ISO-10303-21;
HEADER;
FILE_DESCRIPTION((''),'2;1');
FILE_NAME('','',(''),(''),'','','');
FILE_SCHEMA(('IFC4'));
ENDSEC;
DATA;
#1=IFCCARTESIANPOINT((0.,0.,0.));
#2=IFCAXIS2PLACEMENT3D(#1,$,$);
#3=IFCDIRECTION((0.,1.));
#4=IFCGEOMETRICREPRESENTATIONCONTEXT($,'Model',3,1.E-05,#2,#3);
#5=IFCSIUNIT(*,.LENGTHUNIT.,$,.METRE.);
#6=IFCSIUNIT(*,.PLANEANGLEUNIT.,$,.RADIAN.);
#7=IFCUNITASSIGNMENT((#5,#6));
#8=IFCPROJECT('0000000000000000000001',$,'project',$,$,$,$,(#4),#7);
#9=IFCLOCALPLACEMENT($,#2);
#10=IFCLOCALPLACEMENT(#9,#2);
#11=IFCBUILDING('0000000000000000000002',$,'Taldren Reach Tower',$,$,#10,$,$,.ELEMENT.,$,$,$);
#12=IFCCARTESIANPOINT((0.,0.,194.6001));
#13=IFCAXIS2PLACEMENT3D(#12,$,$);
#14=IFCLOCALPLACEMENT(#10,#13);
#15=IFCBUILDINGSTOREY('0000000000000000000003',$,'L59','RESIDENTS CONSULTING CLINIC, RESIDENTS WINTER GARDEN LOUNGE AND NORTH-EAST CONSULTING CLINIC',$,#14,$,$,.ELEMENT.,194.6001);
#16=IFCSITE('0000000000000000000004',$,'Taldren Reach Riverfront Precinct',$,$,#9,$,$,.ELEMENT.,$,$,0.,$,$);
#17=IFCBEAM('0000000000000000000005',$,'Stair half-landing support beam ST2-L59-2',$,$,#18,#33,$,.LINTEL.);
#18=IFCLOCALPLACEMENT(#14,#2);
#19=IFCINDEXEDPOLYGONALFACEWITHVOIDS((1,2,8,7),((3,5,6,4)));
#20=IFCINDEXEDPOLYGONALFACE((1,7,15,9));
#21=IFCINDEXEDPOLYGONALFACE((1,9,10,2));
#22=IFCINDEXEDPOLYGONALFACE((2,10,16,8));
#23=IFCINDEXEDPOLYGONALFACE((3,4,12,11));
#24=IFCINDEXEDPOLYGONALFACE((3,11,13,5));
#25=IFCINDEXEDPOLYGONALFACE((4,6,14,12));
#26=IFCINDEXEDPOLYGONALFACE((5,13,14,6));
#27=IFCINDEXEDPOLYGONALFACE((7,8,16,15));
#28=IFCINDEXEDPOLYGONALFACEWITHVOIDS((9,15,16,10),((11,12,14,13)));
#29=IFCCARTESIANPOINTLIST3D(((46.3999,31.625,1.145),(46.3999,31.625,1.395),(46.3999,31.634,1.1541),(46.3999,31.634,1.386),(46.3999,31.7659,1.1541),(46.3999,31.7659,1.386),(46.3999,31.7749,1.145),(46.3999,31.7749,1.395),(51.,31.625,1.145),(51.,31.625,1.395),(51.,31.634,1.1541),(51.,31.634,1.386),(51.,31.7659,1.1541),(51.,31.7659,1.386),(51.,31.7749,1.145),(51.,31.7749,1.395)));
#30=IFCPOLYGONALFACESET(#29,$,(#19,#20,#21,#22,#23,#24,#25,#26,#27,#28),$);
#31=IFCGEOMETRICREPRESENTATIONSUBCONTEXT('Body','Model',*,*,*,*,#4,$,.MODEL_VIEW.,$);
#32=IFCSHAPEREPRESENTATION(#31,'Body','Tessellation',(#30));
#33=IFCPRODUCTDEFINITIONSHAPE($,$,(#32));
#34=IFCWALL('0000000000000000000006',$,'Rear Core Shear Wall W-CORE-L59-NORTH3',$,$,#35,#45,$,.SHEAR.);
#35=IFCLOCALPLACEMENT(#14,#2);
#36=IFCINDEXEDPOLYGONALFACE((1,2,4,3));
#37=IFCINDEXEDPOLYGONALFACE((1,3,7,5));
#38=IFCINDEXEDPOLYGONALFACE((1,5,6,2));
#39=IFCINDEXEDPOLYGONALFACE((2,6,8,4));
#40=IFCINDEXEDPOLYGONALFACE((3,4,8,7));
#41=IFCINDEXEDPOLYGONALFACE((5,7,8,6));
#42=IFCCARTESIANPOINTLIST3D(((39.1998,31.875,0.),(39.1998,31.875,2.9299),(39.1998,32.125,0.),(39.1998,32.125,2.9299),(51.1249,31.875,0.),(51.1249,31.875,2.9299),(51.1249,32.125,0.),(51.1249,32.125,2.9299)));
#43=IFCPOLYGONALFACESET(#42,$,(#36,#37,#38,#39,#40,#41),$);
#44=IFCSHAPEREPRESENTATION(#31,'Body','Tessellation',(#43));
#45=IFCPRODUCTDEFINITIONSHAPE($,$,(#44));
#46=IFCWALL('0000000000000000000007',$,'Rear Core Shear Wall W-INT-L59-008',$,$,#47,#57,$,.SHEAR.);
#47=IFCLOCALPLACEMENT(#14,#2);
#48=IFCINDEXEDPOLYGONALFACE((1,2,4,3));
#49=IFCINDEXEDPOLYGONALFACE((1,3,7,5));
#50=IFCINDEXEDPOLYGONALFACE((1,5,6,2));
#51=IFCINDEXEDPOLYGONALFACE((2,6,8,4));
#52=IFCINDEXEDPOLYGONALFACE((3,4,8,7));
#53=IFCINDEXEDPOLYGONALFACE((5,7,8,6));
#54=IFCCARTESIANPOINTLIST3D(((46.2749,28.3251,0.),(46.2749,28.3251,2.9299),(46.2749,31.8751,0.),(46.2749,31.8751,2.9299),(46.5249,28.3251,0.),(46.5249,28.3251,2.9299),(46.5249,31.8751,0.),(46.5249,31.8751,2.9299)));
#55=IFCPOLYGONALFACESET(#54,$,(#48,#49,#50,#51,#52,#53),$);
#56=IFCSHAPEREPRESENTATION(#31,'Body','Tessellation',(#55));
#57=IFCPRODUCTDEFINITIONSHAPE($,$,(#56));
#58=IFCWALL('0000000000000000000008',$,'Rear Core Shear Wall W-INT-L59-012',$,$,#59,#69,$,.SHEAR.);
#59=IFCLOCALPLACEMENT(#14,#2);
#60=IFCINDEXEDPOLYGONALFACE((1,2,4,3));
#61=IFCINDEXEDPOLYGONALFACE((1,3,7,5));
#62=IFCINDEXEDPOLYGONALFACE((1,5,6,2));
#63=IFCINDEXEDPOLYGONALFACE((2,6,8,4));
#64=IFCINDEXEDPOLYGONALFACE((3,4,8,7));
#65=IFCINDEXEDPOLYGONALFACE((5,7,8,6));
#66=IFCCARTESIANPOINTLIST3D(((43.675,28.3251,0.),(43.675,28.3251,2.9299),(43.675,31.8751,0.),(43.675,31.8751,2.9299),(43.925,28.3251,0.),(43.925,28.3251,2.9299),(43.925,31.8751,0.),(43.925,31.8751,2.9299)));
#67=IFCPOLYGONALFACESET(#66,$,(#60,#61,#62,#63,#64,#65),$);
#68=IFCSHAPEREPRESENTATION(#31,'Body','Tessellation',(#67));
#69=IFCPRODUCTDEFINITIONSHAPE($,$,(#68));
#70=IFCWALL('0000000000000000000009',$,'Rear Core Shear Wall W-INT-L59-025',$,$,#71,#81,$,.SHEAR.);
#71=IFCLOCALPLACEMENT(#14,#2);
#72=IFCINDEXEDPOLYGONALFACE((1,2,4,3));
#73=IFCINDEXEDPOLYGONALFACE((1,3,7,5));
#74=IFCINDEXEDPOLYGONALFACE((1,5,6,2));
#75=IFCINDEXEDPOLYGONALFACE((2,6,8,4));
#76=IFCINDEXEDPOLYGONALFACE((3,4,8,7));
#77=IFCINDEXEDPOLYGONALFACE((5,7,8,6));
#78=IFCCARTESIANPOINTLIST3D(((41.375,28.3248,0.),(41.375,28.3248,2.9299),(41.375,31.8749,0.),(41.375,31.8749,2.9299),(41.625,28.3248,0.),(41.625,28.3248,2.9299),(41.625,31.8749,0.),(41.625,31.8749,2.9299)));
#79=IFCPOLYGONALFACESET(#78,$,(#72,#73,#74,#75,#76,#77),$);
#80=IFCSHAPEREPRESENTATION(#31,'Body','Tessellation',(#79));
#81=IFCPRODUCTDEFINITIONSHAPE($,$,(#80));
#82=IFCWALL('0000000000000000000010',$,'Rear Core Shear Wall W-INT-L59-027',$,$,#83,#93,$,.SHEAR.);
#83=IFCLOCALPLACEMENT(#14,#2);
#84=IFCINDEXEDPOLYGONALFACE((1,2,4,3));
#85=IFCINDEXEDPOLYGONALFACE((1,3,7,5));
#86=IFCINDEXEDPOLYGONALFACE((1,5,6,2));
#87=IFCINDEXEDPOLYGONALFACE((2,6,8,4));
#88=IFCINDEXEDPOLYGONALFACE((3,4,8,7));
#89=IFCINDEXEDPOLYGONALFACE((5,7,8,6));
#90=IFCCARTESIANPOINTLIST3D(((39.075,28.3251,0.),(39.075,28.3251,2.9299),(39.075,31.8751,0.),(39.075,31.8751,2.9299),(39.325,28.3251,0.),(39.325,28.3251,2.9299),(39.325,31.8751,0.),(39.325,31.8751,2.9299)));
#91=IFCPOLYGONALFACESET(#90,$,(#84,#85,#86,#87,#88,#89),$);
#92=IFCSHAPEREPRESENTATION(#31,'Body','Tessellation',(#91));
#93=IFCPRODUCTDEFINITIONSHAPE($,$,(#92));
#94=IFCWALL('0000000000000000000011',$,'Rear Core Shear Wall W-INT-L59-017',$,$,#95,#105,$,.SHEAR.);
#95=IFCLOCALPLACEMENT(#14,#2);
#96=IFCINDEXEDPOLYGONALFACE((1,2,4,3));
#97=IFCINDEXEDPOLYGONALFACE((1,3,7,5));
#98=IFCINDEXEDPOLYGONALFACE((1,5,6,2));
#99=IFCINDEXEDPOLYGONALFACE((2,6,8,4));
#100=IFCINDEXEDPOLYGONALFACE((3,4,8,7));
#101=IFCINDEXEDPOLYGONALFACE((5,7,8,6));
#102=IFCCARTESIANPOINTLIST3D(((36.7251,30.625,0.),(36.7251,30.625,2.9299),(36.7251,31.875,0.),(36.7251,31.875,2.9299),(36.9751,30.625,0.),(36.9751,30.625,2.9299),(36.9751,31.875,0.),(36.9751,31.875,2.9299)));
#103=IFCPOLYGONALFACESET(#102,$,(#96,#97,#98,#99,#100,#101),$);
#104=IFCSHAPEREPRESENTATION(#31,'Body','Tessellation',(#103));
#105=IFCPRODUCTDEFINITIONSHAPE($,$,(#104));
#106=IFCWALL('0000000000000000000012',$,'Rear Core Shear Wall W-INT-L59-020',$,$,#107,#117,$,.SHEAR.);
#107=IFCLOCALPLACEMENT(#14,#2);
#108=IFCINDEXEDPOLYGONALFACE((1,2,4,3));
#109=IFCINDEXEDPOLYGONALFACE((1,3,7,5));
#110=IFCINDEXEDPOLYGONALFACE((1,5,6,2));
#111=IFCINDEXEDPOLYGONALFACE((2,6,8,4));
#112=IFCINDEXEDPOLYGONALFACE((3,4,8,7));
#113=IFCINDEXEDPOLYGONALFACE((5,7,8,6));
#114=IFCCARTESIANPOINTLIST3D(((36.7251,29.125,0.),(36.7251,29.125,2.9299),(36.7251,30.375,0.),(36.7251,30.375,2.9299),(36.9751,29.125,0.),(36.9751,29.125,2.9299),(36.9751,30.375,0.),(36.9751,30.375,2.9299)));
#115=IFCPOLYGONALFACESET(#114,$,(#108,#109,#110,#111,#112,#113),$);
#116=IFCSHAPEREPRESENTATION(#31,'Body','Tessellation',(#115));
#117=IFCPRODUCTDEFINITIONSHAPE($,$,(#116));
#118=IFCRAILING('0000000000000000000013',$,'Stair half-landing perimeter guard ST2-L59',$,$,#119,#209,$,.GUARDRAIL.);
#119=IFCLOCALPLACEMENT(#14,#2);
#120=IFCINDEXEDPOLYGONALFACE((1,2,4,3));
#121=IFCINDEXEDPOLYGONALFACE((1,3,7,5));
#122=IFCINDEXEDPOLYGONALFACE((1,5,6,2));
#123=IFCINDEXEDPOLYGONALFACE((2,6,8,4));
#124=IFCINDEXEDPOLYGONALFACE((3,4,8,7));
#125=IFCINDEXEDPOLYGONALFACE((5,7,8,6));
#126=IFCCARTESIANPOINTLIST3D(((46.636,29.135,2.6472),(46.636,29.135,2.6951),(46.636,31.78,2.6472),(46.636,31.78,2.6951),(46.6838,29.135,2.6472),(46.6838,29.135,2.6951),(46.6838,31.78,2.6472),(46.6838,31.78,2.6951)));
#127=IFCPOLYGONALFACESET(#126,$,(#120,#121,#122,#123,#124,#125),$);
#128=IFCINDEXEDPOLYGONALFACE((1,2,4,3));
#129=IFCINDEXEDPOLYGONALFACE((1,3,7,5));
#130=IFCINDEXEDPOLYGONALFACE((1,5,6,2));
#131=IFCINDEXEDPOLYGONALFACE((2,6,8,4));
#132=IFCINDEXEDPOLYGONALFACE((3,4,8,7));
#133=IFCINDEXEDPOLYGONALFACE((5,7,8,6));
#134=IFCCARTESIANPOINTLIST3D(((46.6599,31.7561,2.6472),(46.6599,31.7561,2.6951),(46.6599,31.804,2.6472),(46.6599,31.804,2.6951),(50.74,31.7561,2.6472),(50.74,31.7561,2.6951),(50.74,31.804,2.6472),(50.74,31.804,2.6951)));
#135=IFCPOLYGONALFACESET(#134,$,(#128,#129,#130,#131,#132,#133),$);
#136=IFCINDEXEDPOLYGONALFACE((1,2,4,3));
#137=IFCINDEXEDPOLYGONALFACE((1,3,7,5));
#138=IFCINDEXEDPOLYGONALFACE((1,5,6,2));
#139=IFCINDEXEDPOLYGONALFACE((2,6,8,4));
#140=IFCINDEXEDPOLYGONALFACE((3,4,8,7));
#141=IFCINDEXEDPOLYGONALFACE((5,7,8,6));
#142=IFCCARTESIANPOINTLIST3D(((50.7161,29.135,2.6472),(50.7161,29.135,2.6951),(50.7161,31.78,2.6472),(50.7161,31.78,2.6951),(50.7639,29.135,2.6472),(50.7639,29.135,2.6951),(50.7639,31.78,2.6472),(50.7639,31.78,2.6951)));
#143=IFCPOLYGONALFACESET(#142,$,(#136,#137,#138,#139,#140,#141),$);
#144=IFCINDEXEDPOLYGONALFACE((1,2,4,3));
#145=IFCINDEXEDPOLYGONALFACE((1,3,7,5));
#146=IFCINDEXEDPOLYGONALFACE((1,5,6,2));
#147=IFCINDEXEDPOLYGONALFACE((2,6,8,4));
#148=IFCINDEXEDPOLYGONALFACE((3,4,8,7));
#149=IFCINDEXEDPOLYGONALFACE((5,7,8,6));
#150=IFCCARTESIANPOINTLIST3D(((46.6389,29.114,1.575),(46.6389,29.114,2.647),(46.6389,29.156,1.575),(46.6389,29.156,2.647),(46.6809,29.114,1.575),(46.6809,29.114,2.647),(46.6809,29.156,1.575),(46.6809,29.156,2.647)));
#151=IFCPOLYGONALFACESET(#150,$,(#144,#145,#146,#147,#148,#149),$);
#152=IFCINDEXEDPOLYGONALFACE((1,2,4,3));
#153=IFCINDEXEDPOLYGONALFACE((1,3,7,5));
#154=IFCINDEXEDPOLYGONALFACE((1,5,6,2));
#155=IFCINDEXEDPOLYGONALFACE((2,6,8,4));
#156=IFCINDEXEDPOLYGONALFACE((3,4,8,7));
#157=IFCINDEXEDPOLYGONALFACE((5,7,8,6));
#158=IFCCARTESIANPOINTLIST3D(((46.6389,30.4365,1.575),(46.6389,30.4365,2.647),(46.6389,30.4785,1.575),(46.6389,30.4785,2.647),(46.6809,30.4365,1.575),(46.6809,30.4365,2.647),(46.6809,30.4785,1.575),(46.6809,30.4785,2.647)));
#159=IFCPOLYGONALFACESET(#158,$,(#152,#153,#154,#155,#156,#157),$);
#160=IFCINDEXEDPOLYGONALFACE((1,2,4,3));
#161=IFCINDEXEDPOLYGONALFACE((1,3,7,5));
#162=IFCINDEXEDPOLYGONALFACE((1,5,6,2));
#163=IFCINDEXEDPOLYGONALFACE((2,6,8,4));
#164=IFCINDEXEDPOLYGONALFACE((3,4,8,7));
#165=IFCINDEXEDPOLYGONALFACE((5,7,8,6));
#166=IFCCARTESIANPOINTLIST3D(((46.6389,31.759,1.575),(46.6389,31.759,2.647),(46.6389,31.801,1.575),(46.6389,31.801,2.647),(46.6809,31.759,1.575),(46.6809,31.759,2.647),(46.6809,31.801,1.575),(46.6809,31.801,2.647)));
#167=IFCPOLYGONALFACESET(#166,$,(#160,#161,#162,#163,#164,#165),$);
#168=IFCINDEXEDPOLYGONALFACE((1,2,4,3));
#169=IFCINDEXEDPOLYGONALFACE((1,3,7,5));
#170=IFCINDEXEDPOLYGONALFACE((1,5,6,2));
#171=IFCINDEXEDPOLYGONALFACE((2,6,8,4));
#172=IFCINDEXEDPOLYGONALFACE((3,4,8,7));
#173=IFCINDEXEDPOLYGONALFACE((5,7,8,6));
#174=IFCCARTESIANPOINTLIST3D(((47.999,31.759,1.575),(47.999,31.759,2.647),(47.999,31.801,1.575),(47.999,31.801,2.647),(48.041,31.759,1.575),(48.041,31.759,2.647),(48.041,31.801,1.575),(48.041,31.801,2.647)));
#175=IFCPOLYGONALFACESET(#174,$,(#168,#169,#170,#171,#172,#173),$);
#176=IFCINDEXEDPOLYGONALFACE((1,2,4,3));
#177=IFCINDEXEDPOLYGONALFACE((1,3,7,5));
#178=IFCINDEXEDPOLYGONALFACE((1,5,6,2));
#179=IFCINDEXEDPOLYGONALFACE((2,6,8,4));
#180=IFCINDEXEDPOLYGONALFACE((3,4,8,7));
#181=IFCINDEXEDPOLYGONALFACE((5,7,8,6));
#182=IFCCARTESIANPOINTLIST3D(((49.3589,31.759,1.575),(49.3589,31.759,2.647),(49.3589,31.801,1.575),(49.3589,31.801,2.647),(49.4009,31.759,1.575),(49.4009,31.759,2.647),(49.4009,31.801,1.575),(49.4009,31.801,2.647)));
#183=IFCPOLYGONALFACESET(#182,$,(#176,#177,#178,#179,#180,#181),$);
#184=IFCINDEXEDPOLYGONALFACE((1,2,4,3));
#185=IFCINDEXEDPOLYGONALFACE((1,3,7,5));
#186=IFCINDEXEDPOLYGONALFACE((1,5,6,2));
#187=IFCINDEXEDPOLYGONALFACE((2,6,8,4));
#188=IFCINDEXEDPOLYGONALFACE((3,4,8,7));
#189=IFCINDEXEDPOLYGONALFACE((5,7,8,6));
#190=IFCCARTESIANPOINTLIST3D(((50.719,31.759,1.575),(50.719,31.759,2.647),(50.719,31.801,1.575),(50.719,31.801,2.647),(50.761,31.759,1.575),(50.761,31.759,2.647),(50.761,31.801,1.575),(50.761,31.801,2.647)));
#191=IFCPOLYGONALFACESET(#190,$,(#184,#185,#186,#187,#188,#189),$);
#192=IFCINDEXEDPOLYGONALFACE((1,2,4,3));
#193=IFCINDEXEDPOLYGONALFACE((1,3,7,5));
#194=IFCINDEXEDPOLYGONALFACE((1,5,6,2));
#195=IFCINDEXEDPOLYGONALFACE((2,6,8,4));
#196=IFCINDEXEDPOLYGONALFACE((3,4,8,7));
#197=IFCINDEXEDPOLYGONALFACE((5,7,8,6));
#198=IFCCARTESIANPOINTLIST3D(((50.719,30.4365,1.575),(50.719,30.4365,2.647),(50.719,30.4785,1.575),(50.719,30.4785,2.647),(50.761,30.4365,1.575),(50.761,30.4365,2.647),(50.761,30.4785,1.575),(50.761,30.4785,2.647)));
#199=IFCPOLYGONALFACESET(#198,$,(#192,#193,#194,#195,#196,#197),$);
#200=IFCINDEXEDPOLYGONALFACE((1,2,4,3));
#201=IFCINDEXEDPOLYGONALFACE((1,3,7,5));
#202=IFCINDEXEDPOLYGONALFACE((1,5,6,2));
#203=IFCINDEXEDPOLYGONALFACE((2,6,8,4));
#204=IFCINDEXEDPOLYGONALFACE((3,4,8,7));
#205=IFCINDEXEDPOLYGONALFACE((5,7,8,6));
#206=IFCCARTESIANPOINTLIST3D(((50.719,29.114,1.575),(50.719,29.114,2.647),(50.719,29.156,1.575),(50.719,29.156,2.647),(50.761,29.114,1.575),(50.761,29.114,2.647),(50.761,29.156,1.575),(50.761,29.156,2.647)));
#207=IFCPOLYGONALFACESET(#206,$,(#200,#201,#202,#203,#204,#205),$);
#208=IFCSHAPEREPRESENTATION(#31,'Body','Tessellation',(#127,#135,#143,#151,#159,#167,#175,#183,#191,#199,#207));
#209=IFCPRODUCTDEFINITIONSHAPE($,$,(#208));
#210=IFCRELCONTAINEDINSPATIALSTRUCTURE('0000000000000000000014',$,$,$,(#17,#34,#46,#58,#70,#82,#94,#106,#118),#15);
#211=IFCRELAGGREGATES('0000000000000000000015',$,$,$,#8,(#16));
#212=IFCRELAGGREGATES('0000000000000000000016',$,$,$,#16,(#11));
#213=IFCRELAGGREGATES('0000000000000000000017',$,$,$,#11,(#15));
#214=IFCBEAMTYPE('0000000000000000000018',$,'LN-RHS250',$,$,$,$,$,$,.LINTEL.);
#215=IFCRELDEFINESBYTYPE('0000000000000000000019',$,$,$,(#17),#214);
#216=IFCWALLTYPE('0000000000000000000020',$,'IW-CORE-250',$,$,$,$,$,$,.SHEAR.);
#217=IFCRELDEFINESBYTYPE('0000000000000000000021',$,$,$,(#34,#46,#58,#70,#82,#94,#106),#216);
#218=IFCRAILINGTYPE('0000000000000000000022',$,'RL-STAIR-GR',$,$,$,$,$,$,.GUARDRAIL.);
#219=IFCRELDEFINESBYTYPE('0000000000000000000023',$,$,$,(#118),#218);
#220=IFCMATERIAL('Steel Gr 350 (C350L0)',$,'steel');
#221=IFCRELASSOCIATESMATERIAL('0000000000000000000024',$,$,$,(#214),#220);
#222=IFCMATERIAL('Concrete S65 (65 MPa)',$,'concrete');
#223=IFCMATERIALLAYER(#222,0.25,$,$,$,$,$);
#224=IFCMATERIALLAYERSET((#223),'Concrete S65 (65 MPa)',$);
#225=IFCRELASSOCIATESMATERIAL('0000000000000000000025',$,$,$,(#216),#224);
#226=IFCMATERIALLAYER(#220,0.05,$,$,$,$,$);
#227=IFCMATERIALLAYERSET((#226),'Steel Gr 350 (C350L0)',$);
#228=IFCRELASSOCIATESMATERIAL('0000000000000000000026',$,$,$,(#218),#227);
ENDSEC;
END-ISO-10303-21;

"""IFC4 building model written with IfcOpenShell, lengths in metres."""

from ifc_helpers import new_model, si_unit, direction, frame, frame_2d, origin, origin_2d, place, context, subcontext, project, spatial, rectangle, hollow_rectangle, extrude, source, transform, mapped, material, layer, layer_set, material_profile, profile_set, type_object, element, save


model = new_model("IFC4")

# Units and contexts
model_context = context("Model", 3, precision=1e-05, world=origin(), true_north=direction((0.0, 1.0)))
body_context = subcontext(model_context, "Body", "Model", "MODEL_VIEW")
ifc_project = project(units=[si_unit("LENGTHUNIT", "METRE"), si_unit("PLANEANGLEUNIT", "RADIAN")], contexts=[model_context])

# Site, building, storey
site_placement = place(None, origin())
site = spatial("IfcSite", under=ifc_project, at=site_placement, Name="Taldren Reach Riverfront Precinct", CompositionType="ELEMENT", RefElevation=0.0)
building_placement = place(site_placement, origin())
building = spatial("IfcBuilding", under=site, at=building_placement, Name="Taldren Reach Tower", CompositionType="ELEMENT")
storey_placement = place(building_placement, frame((0.0, 0.0, 194.6001)))
storey = spatial("IfcBuildingStorey", under=building, at=storey_placement, Name="L59", Description="RESIDENTS CONSULTING CLINIC, RESIDENTS WINTER GARDEN LOUNGE AND NORTH-EAST CONSULTING CLINIC", CompositionType="ELEMENT", Elevation=194.6001)

# Shared definitions
ifc_material_1 = material(Name="Steel Gr 350 (C350L0)", Category="steel")

# Beam
ifc_material_profile_1 = material_profile(ifc_material_1, hollow_rectangle(XDim=0.1499, YDim=0.25, WallThickness=0.009, at=origin_2d()), Name="250x150x9.0RHS")
ifc_profile_set_1 = profile_set([ifc_material_profile_1], Name="Steel Gr 350 (C350L0)")
beam_type_1 = type_object("IfcBeamType", Name="LN-RHS250", PredefinedType="LINTEL", material=ifc_profile_set_1)
shared_shape_1 = source(origin(), body_context, "Body", "SweptSolid", [
    extrude(hollow_rectangle(XDim=0.1499, YDim=0.25, WallThickness=0.009, at=origin_2d()), origin(), (0.0, 0.0, 1.0), 4.6001),
])
for number, where, z_axis, x_axis, name in (
    (1, (46.3999, 31.7, 1.27), (1.0, 0.0, 0.0), (0.0, 1.0, 0.0), "Stair half-landing support beam ST2-L59-2"),
):
    element("IfcBeam", number, at=place(storey_placement, frame(where, z_axis=z_axis, x_axis=x_axis)), inside=storey, type_object=beam_type_1, Name=name, PredefinedType="LINTEL", context=body_context, shape_type="MappedRepresentation", body=[
        mapped(shared_shape_1, transform((0.0, 0.0, 0.0), scale=1.0)),
    ])

# Walls
ifc_material_2 = material(Name="Concrete S65 (65 MPa)", Category="concrete")
ifc_layer_1 = layer(ifc_material_2, 0.25)
ifc_layer_set_1 = layer_set([ifc_layer_1], Name="Concrete S65 (65 MPa)")
wall_type = type_object("IfcWallType", Name="IW-CORE-250", PredefinedType="SHEAR", material=ifc_layer_set_1)
shared_shape_2 = source(origin(), body_context, "Body", "SweptSolid", [
    extrude(rectangle(XDim=11.925, YDim=0.25, at=frame_2d((5.9624, 0.0))), origin(), (0.0, 0.0, 1.0), 2.9299),
])
wall_1_placement = place(storey_placement, frame((39.2, 32.0, 0.0), z_axis=(0.0, 0.0, 1.0), x_axis=(1.0, 0.0, 0.0)))
element("IfcWall", 2, at=wall_1_placement, inside=storey, type_object=wall_type, Name="Rear Core Shear Wall W-CORE-L59-NORTH3", PredefinedType="SHEAR", context=body_context, shape_type="MappedRepresentation", body=[
    mapped(shared_shape_2, transform((0.0, 0.0, 0.0), scale=1.0)),
])
shared_shape_3 = source(origin(), body_context, "Body", "SweptSolid", [
    extrude(rectangle(XDim=3.55, YDim=0.25, at=frame_2d((1.7749, 0.0))), origin(), (0.0, 0.0, 1.0), 2.9299),
])
for number, where, z_axis, x_axis, name in (
    (3, (46.3999, 31.875, 0.0), (0.0, 0.0, 1.0), (0.0, -1.0, 0.0), "Rear Core Shear Wall W-INT-L59-008"),
    (4, (43.8, 31.875, 0.0), (0.0, 0.0, 1.0), (0.0, -1.0, 0.0), "Rear Core Shear Wall W-INT-L59-012"),
    (5, (41.5, 28.325, 0.0), (0.0, 0.0, 1.0), (0.0, 1.0, 0.0), "Rear Core Shear Wall W-INT-L59-025"),
    (6, (39.2, 31.875, 0.0), (0.0, 0.0, 1.0), (0.0, -1.0, 0.0), "Rear Core Shear Wall W-INT-L59-027"),
):
    element("IfcWall", number, at=place(storey_placement, frame(where, z_axis=z_axis, x_axis=x_axis)), inside=storey, type_object=wall_type, Name=name, PredefinedType="SHEAR", context=body_context, shape_type="MappedRepresentation", body=[
        mapped(shared_shape_3, transform((0.0, 0.0, 0.0), scale=1.0)),
    ])

# Walls
shared_shape_4 = source(origin(), body_context, "Body", "SweptSolid", [
    extrude(rectangle(XDim=1.25, YDim=0.25, at=frame_2d((0.625, 0.0))), origin(), (0.0, 0.0, 1.0), 2.9299),
])
for number, where, z_axis, x_axis, name in (
    (7, (36.8501, 30.625, 0.0), (0.0, 0.0, 1.0), (0.0, 1.0, 0.0), "Rear Core Shear Wall W-INT-L59-017"),
    (8, (36.8501, 29.125, 0.0), (0.0, 0.0, 1.0), (0.0, 1.0, 0.0), "Rear Core Shear Wall W-INT-L59-020"),
):
    element("IfcWall", number, at=place(storey_placement, frame(where, z_axis=z_axis, x_axis=x_axis)), inside=storey, type_object=wall_type, Name=name, PredefinedType="SHEAR", context=body_context, shape_type="MappedRepresentation", body=[
        mapped(shared_shape_4, transform((0.0, 0.0, 0.0), scale=1.0)),
    ])

# Railing
ifc_layer_2 = layer(ifc_material_1, 0.05)
ifc_layer_set_2 = layer_set([ifc_layer_2], Name="Steel Gr 350 (C350L0)")
railing_type = type_object("IfcRailingType", Name="RL-STAIR-GR", PredefinedType="GUARDRAIL", material=ifc_layer_set_2)
railing_placement = place(storey_placement, frame((46.6599, 29.135, 1.575)))
element("IfcRailing", 9, at=railing_placement, inside=storey, type_object=railing_type, Name="Stair half-landing perimeter guard ST2-L59", PredefinedType="GUARDRAIL", context=body_context, shape_type="SweptSolid", body=[
    extrude(rectangle(XDim=0.0479, YDim=0.0479, at=origin_2d()), frame((0.0, 0.0, 1.0962), z_axis=(0.0, 1.0, 0.0), x_axis=(-1.0, 0.0, 0.0)), (0.0, 0.0, 1.0), 2.645),
    extrude(rectangle(XDim=0.0479, YDim=0.0479, at=origin_2d()), frame((0.0, 2.645, 1.0962), z_axis=(1.0, 0.0, 0.0), x_axis=(0.0, 1.0, 0.0)), (0.0, 0.0, 1.0), 4.0801),
    extrude(rectangle(XDim=0.0479, YDim=0.0479, at=origin_2d()), frame((4.0801, 2.645, 1.0962), z_axis=(0.0, -1.0, 0.0), x_axis=(1.0, 0.0, 0.0)), (0.0, 0.0, 1.0), 2.645),
    extrude(rectangle(XDim=0.042, YDim=0.042, at=origin_2d()), origin(), (0.0, 0.0, 1.0), 1.072),
    extrude(rectangle(XDim=0.042, YDim=0.042, at=origin_2d()), frame((0.0, 1.3225, 0.0)), (0.0, 0.0, 1.0), 1.072),
    extrude(rectangle(XDim=0.042, YDim=0.042, at=origin_2d()), frame((0.0, 2.645, 0.0)), (0.0, 0.0, 1.0), 1.072),
    extrude(rectangle(XDim=0.042, YDim=0.042, at=origin_2d()), frame((1.3601, 2.645, 0.0)), (0.0, 0.0, 1.0), 1.072),
    extrude(rectangle(XDim=0.042, YDim=0.042, at=origin_2d()), frame((2.72, 2.645, 0.0)), (0.0, 0.0, 1.0), 1.072),
    extrude(rectangle(XDim=0.042, YDim=0.042, at=origin_2d()), frame((4.0801, 2.645, 0.0)), (0.0, 0.0, 1.0), 1.072),
    extrude(rectangle(XDim=0.042, YDim=0.042, at=origin_2d()), frame((4.0801, 1.3225, 0.0)), (0.0, 0.0, 1.0), 1.072),
    extrude(rectangle(XDim=0.042, YDim=0.042, at=origin_2d()), frame((4.0801, 0.0, 0.0)), (0.0, 0.0, 1.0), 1.072),
])

save(model, "model.ifc")
